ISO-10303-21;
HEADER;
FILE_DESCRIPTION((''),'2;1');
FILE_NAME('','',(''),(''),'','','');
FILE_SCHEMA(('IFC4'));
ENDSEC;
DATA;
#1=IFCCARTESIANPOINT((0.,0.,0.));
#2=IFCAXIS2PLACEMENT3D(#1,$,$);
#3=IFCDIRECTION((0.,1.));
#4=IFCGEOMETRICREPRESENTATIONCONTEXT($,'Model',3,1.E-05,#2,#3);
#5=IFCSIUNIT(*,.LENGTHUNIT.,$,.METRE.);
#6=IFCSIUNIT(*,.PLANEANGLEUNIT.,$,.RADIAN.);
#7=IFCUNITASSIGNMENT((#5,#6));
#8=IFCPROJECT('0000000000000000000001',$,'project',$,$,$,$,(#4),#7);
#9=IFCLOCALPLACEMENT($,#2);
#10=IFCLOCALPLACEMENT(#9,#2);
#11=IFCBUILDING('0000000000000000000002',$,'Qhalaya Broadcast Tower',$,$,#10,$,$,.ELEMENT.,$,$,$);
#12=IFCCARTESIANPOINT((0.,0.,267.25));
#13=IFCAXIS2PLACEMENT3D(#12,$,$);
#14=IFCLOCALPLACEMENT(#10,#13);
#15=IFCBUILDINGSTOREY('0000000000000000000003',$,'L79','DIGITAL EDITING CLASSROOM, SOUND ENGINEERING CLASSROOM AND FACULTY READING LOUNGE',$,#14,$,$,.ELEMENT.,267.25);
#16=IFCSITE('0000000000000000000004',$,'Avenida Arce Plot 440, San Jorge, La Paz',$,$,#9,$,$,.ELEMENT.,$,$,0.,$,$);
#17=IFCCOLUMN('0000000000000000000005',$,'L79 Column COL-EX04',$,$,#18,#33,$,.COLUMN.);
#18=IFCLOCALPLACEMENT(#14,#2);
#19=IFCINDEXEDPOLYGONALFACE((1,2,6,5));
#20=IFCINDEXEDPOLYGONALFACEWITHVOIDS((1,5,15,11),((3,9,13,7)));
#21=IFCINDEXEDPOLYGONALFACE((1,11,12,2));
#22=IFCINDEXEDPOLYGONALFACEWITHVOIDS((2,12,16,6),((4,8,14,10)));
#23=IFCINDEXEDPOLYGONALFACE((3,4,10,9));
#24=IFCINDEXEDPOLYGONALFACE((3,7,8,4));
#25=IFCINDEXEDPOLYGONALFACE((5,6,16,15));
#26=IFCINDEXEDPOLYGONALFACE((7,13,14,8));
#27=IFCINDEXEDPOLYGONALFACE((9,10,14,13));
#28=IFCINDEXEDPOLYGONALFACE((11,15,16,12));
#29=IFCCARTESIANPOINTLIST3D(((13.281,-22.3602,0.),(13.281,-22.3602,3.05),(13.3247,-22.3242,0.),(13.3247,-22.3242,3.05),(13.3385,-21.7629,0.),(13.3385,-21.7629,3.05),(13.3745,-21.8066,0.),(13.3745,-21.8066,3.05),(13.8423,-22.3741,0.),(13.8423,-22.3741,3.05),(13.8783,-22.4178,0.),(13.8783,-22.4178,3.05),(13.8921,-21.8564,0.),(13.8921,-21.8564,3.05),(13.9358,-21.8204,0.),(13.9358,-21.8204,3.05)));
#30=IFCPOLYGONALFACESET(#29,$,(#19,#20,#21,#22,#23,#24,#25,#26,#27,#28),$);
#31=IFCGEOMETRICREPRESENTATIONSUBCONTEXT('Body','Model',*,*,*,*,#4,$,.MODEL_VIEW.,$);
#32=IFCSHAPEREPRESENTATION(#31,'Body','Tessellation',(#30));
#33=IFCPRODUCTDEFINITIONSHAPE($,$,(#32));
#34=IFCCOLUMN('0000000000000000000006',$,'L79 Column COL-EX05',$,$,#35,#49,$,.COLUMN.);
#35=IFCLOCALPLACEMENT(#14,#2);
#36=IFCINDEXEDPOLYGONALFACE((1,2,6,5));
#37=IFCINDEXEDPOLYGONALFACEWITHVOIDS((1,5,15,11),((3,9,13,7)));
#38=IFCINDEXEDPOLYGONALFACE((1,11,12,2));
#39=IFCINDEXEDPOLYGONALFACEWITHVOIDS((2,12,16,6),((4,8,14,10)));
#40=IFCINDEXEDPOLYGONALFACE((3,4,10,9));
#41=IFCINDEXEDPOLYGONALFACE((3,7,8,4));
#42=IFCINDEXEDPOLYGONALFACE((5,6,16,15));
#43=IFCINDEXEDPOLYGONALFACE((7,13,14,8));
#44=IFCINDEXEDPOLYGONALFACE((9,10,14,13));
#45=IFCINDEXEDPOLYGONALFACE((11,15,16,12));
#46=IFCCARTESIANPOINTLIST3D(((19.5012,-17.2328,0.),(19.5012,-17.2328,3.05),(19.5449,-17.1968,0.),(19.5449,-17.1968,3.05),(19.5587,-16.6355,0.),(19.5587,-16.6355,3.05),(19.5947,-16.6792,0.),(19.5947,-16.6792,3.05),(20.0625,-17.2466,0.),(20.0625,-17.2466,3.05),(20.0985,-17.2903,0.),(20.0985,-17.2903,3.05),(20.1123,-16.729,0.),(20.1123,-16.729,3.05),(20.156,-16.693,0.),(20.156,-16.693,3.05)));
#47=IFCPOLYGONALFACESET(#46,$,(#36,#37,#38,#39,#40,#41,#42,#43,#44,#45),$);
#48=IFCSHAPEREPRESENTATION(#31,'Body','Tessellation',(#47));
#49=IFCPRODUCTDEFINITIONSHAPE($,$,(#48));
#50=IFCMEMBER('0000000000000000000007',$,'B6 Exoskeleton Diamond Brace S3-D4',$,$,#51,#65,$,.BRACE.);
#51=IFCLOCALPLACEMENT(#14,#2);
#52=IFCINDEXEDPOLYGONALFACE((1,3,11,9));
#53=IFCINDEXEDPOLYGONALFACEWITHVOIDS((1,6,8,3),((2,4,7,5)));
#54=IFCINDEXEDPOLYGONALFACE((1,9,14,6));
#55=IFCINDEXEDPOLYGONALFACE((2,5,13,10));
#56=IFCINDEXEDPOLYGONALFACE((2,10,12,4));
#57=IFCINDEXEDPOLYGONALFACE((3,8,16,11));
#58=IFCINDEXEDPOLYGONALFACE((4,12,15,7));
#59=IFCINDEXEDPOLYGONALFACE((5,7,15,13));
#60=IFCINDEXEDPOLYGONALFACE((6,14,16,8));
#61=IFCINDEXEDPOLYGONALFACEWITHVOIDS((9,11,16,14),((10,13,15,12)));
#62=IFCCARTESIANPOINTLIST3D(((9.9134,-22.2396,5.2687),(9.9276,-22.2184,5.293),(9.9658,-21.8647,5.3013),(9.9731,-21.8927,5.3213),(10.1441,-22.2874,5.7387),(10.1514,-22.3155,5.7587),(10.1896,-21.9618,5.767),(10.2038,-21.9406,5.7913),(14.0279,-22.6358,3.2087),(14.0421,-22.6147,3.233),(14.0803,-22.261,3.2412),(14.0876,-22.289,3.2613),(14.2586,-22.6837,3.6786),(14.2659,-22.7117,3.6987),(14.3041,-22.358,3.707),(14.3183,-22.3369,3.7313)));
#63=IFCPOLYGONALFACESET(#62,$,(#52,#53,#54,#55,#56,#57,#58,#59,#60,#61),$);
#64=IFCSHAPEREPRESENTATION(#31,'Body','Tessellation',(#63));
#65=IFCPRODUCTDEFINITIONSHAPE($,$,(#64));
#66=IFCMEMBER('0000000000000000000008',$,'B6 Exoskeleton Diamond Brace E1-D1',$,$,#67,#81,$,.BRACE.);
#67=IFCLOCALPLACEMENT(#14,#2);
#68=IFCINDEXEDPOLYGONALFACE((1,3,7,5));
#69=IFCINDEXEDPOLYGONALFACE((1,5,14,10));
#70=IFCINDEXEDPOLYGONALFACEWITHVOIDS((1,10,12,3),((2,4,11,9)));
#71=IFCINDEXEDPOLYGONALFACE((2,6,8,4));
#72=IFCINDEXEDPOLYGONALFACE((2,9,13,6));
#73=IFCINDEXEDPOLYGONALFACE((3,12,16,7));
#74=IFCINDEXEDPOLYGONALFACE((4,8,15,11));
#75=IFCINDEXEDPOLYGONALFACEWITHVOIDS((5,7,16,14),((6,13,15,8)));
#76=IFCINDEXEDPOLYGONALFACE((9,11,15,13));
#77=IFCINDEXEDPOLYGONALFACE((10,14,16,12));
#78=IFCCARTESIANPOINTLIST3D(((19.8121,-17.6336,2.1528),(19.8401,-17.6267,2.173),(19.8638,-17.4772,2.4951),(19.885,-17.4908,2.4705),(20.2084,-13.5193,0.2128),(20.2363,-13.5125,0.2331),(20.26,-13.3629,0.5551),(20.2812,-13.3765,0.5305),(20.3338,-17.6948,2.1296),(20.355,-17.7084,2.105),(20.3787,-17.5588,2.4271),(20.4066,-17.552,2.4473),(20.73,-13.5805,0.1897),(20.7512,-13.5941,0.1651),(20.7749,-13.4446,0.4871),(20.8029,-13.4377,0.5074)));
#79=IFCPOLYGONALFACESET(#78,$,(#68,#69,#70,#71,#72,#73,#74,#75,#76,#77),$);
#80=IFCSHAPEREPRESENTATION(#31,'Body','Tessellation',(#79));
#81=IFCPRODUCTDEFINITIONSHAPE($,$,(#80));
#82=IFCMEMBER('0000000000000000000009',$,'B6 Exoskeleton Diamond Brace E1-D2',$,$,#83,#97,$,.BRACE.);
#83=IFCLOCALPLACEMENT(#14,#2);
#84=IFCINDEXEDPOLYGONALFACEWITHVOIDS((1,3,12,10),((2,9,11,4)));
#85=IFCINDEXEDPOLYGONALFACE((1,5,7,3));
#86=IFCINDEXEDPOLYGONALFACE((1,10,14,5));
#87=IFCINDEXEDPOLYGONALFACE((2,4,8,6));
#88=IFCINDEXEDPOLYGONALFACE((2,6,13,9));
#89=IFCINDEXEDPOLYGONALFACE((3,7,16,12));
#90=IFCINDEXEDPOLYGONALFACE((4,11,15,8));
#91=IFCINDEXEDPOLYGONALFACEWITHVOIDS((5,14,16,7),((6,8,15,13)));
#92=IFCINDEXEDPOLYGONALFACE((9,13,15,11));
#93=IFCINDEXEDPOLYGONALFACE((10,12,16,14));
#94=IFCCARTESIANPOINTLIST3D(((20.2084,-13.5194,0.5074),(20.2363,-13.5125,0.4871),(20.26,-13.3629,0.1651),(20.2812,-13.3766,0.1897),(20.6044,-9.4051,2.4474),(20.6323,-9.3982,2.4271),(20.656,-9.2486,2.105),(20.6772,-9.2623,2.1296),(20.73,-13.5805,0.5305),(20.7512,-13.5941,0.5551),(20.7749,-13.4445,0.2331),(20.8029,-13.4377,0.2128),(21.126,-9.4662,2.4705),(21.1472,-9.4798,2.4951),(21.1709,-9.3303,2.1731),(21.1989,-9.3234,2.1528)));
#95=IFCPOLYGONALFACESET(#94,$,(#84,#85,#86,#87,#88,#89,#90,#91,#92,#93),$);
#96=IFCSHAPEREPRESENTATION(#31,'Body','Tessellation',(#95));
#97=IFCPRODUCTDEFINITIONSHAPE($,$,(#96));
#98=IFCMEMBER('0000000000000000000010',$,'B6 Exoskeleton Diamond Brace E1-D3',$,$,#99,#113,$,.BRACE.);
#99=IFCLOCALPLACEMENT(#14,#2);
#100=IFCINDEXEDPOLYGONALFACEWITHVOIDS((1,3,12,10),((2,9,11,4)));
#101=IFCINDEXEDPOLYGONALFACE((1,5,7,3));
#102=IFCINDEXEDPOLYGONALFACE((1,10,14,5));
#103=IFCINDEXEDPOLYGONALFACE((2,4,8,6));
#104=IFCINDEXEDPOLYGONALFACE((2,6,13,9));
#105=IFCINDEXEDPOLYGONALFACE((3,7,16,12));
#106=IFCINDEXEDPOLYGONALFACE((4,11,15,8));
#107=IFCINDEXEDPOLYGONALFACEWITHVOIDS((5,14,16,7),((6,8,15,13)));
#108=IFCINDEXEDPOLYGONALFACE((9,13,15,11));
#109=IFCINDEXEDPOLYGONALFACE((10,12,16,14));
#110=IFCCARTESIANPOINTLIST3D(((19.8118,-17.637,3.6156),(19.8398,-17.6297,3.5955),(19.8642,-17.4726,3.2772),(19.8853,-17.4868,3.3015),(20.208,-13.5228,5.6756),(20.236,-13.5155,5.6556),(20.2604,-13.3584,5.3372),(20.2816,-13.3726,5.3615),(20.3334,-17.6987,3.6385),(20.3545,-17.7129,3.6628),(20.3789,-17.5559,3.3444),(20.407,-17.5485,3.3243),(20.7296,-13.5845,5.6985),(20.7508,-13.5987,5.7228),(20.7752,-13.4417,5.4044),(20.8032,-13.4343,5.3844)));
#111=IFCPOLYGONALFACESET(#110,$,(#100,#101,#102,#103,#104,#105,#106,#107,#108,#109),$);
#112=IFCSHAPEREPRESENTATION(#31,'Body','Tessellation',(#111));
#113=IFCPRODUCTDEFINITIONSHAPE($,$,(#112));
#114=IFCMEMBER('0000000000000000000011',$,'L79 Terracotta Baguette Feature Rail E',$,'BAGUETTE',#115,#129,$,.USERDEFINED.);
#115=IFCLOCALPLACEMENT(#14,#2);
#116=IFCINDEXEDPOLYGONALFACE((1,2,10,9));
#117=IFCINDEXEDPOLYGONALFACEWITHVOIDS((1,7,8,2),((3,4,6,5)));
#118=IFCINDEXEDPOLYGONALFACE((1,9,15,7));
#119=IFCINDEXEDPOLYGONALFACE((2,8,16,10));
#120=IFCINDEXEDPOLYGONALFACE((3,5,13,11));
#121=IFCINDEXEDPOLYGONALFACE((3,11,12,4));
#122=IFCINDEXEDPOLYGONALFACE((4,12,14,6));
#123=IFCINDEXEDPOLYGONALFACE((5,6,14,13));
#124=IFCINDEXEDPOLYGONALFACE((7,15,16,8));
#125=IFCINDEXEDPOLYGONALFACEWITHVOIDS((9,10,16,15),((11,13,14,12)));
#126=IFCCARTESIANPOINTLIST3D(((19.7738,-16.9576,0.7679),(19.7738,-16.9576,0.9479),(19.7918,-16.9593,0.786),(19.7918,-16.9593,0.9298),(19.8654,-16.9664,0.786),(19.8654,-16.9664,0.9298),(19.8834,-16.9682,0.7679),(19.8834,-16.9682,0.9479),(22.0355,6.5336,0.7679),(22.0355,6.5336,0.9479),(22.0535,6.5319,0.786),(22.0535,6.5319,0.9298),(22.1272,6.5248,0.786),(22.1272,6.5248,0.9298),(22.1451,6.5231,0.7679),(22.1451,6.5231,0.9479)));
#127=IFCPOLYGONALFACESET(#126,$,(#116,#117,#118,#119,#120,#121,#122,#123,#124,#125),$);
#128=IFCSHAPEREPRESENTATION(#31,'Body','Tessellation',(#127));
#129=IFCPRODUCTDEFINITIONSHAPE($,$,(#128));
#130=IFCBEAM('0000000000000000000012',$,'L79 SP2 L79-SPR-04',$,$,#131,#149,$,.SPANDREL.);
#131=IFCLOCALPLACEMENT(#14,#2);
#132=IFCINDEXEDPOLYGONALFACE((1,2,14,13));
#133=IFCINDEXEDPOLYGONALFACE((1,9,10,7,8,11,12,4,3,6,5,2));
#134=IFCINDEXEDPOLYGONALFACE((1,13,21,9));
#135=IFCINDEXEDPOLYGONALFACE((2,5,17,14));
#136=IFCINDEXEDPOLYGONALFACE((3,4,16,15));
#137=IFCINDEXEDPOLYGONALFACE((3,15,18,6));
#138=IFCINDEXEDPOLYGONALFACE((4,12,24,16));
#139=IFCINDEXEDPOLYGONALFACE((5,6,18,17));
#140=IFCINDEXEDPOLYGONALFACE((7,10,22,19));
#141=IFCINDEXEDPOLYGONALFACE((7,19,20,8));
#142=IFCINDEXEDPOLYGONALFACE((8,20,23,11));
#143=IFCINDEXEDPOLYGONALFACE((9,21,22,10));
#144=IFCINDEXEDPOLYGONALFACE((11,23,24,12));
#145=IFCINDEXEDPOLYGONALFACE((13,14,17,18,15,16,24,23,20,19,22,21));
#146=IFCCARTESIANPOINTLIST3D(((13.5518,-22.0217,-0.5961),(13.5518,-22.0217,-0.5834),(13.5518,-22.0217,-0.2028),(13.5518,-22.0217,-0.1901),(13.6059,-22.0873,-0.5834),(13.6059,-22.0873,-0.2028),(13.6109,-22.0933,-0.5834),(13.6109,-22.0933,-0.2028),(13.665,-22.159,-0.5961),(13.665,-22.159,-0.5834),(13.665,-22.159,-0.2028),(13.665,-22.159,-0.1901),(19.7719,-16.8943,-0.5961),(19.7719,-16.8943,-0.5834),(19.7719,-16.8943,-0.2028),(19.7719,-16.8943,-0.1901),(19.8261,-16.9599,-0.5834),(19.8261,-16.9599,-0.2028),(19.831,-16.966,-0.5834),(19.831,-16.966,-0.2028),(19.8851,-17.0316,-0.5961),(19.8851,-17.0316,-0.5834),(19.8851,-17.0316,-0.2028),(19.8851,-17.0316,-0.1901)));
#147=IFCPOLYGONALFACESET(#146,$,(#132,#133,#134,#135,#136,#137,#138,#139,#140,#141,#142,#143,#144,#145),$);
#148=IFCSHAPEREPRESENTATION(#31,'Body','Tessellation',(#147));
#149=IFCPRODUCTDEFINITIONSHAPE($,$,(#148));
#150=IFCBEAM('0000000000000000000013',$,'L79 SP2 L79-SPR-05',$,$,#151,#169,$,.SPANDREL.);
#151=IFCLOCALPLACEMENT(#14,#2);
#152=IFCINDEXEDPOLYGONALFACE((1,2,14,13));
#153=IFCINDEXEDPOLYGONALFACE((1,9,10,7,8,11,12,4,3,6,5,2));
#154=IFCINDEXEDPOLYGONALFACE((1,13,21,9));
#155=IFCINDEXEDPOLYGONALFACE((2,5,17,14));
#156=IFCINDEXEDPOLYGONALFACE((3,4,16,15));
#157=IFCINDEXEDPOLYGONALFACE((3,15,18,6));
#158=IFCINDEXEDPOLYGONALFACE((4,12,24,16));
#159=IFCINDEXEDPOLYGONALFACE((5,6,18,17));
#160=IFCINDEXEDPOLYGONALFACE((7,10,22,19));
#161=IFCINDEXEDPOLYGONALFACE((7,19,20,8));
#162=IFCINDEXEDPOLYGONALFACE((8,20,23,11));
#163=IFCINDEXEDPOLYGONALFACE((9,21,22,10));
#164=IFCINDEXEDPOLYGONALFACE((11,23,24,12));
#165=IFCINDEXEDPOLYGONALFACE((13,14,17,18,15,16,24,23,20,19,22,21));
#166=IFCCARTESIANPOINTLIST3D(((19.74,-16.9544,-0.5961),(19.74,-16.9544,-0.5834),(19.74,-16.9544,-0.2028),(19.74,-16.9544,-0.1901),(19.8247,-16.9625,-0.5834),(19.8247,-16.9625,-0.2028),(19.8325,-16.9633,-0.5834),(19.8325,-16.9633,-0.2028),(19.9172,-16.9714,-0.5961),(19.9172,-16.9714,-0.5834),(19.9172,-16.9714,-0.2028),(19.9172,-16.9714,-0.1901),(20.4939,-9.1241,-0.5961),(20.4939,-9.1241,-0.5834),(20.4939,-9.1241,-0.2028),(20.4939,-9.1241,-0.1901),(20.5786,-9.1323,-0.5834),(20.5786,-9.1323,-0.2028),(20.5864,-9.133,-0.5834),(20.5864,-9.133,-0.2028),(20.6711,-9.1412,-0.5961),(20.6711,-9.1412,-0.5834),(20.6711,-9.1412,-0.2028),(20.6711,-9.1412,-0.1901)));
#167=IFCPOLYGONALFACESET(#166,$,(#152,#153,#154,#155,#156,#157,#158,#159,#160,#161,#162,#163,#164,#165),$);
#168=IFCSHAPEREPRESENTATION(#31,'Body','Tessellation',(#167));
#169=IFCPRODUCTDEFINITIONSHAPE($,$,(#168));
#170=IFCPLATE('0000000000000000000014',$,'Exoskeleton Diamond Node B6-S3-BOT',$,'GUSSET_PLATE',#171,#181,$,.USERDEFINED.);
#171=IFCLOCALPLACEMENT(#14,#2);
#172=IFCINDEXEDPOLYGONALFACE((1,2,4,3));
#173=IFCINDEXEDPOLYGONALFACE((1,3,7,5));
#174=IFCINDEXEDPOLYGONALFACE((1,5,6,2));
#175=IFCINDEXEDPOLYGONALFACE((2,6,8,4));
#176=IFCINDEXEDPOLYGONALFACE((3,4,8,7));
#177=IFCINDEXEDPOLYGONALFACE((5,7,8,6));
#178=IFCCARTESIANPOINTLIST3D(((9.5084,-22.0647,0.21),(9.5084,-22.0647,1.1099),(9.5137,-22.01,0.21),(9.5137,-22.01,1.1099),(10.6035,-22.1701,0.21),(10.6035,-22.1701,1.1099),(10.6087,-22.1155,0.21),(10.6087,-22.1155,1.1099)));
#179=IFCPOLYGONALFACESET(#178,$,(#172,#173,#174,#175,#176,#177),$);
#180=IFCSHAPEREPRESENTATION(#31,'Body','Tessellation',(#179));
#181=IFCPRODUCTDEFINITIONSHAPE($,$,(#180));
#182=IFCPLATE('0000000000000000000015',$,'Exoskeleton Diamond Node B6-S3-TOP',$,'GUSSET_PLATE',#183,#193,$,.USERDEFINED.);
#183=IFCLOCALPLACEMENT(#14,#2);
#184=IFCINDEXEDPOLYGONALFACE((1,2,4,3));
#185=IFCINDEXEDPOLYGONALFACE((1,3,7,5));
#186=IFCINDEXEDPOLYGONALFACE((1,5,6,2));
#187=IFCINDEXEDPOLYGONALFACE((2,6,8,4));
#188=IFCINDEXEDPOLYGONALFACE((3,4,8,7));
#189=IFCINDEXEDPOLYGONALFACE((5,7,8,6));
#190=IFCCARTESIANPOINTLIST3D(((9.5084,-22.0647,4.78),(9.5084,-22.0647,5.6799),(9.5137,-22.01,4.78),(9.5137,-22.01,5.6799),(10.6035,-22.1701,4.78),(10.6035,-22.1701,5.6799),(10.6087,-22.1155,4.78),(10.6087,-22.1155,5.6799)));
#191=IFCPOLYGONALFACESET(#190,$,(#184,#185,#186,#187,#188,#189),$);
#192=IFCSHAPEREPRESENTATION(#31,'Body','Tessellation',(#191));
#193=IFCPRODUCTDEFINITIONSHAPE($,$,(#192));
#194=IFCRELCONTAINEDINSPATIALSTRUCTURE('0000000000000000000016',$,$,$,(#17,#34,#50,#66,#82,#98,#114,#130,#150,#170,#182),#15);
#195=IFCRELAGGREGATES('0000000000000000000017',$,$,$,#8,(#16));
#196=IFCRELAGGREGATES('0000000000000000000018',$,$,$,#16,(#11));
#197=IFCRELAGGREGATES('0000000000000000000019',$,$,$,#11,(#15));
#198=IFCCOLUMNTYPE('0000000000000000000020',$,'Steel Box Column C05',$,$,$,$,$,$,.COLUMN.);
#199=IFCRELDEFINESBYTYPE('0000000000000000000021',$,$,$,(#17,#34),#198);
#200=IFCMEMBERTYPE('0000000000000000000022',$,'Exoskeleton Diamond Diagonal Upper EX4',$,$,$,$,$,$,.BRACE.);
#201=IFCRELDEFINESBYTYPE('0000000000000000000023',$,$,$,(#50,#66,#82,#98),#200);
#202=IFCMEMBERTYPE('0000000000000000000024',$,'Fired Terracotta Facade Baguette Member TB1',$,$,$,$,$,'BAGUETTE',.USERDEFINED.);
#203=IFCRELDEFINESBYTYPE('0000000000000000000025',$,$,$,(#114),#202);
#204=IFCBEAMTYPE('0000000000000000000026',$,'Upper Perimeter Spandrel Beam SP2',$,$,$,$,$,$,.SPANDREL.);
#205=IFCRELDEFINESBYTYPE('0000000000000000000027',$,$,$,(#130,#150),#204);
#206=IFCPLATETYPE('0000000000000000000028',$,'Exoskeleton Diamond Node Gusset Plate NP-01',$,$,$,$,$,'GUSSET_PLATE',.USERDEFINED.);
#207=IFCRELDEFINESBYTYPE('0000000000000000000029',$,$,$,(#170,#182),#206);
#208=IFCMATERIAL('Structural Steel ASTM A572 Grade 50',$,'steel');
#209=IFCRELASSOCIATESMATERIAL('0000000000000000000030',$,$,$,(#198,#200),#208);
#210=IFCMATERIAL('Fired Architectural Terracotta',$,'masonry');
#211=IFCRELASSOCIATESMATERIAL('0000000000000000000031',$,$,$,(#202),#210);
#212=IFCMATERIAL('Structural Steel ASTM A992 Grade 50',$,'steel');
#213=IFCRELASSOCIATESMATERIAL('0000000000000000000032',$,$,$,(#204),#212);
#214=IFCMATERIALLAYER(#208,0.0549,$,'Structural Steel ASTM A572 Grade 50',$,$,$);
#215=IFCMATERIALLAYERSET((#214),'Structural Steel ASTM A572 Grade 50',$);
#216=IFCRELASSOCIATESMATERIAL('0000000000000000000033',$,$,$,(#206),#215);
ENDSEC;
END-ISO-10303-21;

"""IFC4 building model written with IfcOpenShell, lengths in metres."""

from ifc_helpers import new_model, si_unit, direction, frame, origin, origin_2d, place, context, subcontext, project, spatial, rectangle, hollow_rectangle, i_section, extrude, material, layer, layer_set, material_profile, profile_set, type_object, element, save


model = new_model("IFC4")

# Units and contexts
model_context = context("Model", 3, precision=1e-05, world=origin(), true_north=direction((0.0, 1.0)))
body_context = subcontext(model_context, "Body", "Model", "MODEL_VIEW")
ifc_project = project(units=[si_unit("LENGTHUNIT", "METRE"), si_unit("PLANEANGLEUNIT", "RADIAN")], contexts=[model_context])

# Site, building, storey
site_placement = place(None, origin())
site = spatial("IfcSite", under=ifc_project, at=site_placement, Name="Avenida Arce Plot 440, San Jorge, La Paz", CompositionType="ELEMENT", RefElevation=0.0)
building_placement = place(site_placement, origin())
building = spatial("IfcBuilding", under=site, at=building_placement, Name="Qhalaya Broadcast Tower", CompositionType="ELEMENT")
storey_placement = place(building_placement, frame((0.0, 0.0, 267.25)))
storey = spatial("IfcBuildingStorey", under=building, at=storey_placement, Name="L79", Description="DIGITAL EDITING CLASSROOM, SOUND ENGINEERING CLASSROOM AND FACULTY READING LOUNGE", CompositionType="ELEMENT", Elevation=267.25)

# Columns
ifc_material_1 = material(Name="Structural Steel ASTM A572 Grade 50", Category="steel")
ifc_material_profile_1 = material_profile(ifc_material_1, hollow_rectangle(XDim=0.6001, YDim=0.6001, WallThickness=0.04, at=origin_2d()), Name="BOX 600x600x40")
ifc_profile_set_1 = profile_set([ifc_material_profile_1], Name="Structural Steel ASTM A572 Grade 50")
column_type = type_object("IfcColumnType", Name="Steel Box Column C05", PredefinedType="COLUMN", material=ifc_profile_set_1)
for number, where, z_axis, x_axis, name in (
    (1, (13.6084, -22.0903, 0.0), (0.0, 0.0, 1.0), (0.995396, -0.095846, 0.0), "L79 Column COL-EX04"),
    (2, (19.8286, -16.9629, 0.0), (0.0, 0.0, 1.0), (0.095846, 0.995396, 0.0), "L79 Column COL-EX05"),
):
    element("IfcColumn", number, at=place(storey_placement, frame(where, z_axis=z_axis, x_axis=x_axis)), inside=storey, type_object=column_type, Name=name, PredefinedType="COLUMN", context=body_context, shape_type="SweptSolid", body=[
        extrude(hollow_rectangle(XDim=0.6001, YDim=0.6001, WallThickness=0.04, at=origin_2d()), origin(), (0.0, 0.0, 1.0), 3.05),
    ])

# Members
ifc_material_profile_2 = material_profile(ifc_material_1, hollow_rectangle(XDim=0.3799, YDim=0.55, WallThickness=0.0249, at=origin_2d()), Name="BOX 380x550x25")
ifc_profile_set_2 = profile_set([ifc_material_profile_2], Name="Structural Steel ASTM A572 Grade 50")
member_type_1 = type_object("IfcMemberType", Name="Exoskeleton Diamond Diagonal Upper EX4", PredefinedType="BRACE", material=ifc_profile_set_2)
member_1_placement = place(storey_placement, frame((14.1731, -22.4863, 3.47), z_axis=(-0.890886, 0.085795, 0.446051), x_axis=(-0.137974, -0.986714, -0.085783)))
element("IfcMember", 3, at=member_1_placement, inside=storey, type_object=member_type_1, Name="B6 Exoskeleton Diamond Brace S3-D4", PredefinedType="BRACE", context=body_context, shape_type="SweptSolid", body=[
    extrude(hollow_rectangle(XDim=0.3799, YDim=0.55, WallThickness=0.0249, at=origin_2d()), origin(), (0.0, 0.0, 1.0), 4.6184),
])
for number, where, z_axis, x_axis, name in (
    (4, (20.5056, -13.4785, 0.3601), (-0.086782, -0.901082, 0.424875), (0.135948, 0.411783, 0.901084), "B6 Exoskeleton Diamond Brace E1-D1"),
    (5, (20.5056, -13.4785, 0.3601), (0.086729, 0.901087, 0.424877), (-0.135924, -0.411793, 0.901083), "B6 Exoskeleton Diamond Brace E1-D2"),
):
    element("IfcMember", number, at=place(storey_placement, frame(where, z_axis=z_axis, x_axis=x_axis)), inside=storey, type_object=member_type_1, Name=name, PredefinedType="BRACE", context=body_context, shape_type="SweptSolid", body=[
        extrude(hollow_rectangle(XDim=0.3799, YDim=0.55, WallThickness=0.0249, at=origin_2d()), origin(), (0.0, 0.0, 1.0), 4.5659),
    ])
member_2_placement = place(storey_placement, frame((20.1094, -17.5928, 3.47), z_axis=(0.085799, 0.890875, 0.446072), x_axis=(-0.13797, -0.432785, 0.890877)))
element("IfcMember", 6, at=member_2_placement, inside=storey, type_object=member_type_1, Name="B6 Exoskeleton Diamond Brace E1-D3", PredefinedType="BRACE", context=body_context, shape_type="SweptSolid", body=[
    extrude(hollow_rectangle(XDim=0.3799, YDim=0.55, WallThickness=0.0249, at=origin_2d()), origin(), (0.0, 0.0, 1.0), 4.6182),
])
ifc_material_2 = material(Name="Fired Architectural Terracotta", Category="masonry")
ifc_material_profile_3 = material_profile(ifc_material_2, hollow_rectangle(XDim=0.1101, YDim=0.1799, WallThickness=0.0181, at=origin_2d()), Name="TB-BAG 110x180x18")
ifc_profile_set_3 = profile_set([ifc_material_profile_3], Name="Fired Architectural Terracotta")
member_type_2 = type_object("IfcMemberType", Name="Fired Terracotta Facade Baguette Member TB1", ElementType="BAGUETTE", PredefinedType="USERDEFINED", material=ifc_profile_set_3)
member_3_placement = place(storey_placement, frame((19.8286, -16.9629, 0.8579), z_axis=(0.095836, 0.995397, 0.0), x_axis=(-0.995397, 0.095836, 0.0)))
element("IfcMember", 7, at=member_3_placement, inside=storey, type_object=member_type_2, Name="L79 Terracotta Baguette Feature Rail E", ObjectType="BAGUETTE", PredefinedType="USERDEFINED", context=body_context, shape_type="SweptSolid", body=[
    extrude(hollow_rectangle(XDim=0.1101, YDim=0.1799, WallThickness=0.0181, at=origin_2d()), origin(), (0.0, 0.0, 1.0), 23.5999),
])

# Beams
ifc_material_3 = material(Name="Structural Steel ASTM A992 Grade 50", Category="steel")
ifc_material_profile_4 = material_profile(ifc_material_3, i_section(OverallWidth=0.178, OverallDepth=0.406, WebThickness=0.0078, FlangeThickness=0.0127, at=origin_2d()), Name="W16X40")
ifc_profile_set_4 = profile_set([ifc_material_profile_4], Name="Structural Steel ASTM A992 Grade 50")
beam_type = type_object("IfcBeamType", Name="Upper Perimeter Spandrel Beam SP2", PredefinedType="SPANDREL", material=ifc_profile_set_4)
beam_1_placement = place(storey_placement, frame((13.6084, -22.0903, -0.3931), z_axis=(0.771631, 0.63607, 0.0), x_axis=(-0.63607, 0.771631, 0.0)))
element("IfcBeam", 8, at=beam_1_placement, inside=storey, type_object=beam_type, Name="L79 SP2 L79-SPR-04", PredefinedType="SPANDREL", context=body_context, shape_type="SweptSolid", body=[
    extrude(i_section(OverallWidth=0.178, OverallDepth=0.406, WebThickness=0.0078, FlangeThickness=0.0127, at=origin_2d()), origin(), (0.0, 0.0, 1.0), 8.061),
])
beam_2_placement = place(storey_placement, frame((19.8286, -16.9629, -0.3931), z_axis=(0.095837, 0.995397, 0.0), x_axis=(-0.995397, 0.095837, 0.0)))
element("IfcBeam", 9, at=beam_2_placement, inside=storey, type_object=beam_type, Name="L79 SP2 L79-SPR-05", PredefinedType="SPANDREL", context=body_context, shape_type="SweptSolid", body=[
    extrude(i_section(OverallWidth=0.178, OverallDepth=0.406, WebThickness=0.0078, FlangeThickness=0.0127, at=origin_2d()), origin(), (0.0, 0.0, 1.0), 7.8665),
])

# Plates
ifc_layer_1 = layer(ifc_material_1, 0.0549, Name="Structural Steel ASTM A572 Grade 50")
ifc_layer_set_1 = layer_set([ifc_layer_1], Name="Structural Steel ASTM A572 Grade 50")
plate_type_1 = type_object("IfcPlateType", Name="Exoskeleton Diamond Node Gusset Plate NP-01", ElementType="GUSSET_PLATE", PredefinedType="USERDEFINED", material=ifc_layer_set_1)
for number, where, z_axis, x_axis, name in (
    (10, (10.0586, -22.0901, 0.21), (0.0, 0.0, 1.0), (0.995396, -0.095846, 0.0), "Exoskeleton Diamond Node B6-S3-BOT"),
    (11, (10.0586, -22.0901, 4.78), (0.0, 0.0, 1.0), (0.995396, -0.095846, 0.0), "Exoskeleton Diamond Node B6-S3-TOP"),
):
    element("IfcPlate", number, at=place(storey_placement, frame(where, z_axis=z_axis, x_axis=x_axis)), inside=storey, type_object=plate_type_1, Name=name, ObjectType="GUSSET_PLATE", PredefinedType="USERDEFINED", context=body_context, shape_type="SweptSolid", body=[
        extrude(rectangle(XDim=1.1001, YDim=0.0549, at=origin_2d()), origin(), (0.0, 0.0, 1.0), 0.8999),
    ])

save(model, "model.ifc")
